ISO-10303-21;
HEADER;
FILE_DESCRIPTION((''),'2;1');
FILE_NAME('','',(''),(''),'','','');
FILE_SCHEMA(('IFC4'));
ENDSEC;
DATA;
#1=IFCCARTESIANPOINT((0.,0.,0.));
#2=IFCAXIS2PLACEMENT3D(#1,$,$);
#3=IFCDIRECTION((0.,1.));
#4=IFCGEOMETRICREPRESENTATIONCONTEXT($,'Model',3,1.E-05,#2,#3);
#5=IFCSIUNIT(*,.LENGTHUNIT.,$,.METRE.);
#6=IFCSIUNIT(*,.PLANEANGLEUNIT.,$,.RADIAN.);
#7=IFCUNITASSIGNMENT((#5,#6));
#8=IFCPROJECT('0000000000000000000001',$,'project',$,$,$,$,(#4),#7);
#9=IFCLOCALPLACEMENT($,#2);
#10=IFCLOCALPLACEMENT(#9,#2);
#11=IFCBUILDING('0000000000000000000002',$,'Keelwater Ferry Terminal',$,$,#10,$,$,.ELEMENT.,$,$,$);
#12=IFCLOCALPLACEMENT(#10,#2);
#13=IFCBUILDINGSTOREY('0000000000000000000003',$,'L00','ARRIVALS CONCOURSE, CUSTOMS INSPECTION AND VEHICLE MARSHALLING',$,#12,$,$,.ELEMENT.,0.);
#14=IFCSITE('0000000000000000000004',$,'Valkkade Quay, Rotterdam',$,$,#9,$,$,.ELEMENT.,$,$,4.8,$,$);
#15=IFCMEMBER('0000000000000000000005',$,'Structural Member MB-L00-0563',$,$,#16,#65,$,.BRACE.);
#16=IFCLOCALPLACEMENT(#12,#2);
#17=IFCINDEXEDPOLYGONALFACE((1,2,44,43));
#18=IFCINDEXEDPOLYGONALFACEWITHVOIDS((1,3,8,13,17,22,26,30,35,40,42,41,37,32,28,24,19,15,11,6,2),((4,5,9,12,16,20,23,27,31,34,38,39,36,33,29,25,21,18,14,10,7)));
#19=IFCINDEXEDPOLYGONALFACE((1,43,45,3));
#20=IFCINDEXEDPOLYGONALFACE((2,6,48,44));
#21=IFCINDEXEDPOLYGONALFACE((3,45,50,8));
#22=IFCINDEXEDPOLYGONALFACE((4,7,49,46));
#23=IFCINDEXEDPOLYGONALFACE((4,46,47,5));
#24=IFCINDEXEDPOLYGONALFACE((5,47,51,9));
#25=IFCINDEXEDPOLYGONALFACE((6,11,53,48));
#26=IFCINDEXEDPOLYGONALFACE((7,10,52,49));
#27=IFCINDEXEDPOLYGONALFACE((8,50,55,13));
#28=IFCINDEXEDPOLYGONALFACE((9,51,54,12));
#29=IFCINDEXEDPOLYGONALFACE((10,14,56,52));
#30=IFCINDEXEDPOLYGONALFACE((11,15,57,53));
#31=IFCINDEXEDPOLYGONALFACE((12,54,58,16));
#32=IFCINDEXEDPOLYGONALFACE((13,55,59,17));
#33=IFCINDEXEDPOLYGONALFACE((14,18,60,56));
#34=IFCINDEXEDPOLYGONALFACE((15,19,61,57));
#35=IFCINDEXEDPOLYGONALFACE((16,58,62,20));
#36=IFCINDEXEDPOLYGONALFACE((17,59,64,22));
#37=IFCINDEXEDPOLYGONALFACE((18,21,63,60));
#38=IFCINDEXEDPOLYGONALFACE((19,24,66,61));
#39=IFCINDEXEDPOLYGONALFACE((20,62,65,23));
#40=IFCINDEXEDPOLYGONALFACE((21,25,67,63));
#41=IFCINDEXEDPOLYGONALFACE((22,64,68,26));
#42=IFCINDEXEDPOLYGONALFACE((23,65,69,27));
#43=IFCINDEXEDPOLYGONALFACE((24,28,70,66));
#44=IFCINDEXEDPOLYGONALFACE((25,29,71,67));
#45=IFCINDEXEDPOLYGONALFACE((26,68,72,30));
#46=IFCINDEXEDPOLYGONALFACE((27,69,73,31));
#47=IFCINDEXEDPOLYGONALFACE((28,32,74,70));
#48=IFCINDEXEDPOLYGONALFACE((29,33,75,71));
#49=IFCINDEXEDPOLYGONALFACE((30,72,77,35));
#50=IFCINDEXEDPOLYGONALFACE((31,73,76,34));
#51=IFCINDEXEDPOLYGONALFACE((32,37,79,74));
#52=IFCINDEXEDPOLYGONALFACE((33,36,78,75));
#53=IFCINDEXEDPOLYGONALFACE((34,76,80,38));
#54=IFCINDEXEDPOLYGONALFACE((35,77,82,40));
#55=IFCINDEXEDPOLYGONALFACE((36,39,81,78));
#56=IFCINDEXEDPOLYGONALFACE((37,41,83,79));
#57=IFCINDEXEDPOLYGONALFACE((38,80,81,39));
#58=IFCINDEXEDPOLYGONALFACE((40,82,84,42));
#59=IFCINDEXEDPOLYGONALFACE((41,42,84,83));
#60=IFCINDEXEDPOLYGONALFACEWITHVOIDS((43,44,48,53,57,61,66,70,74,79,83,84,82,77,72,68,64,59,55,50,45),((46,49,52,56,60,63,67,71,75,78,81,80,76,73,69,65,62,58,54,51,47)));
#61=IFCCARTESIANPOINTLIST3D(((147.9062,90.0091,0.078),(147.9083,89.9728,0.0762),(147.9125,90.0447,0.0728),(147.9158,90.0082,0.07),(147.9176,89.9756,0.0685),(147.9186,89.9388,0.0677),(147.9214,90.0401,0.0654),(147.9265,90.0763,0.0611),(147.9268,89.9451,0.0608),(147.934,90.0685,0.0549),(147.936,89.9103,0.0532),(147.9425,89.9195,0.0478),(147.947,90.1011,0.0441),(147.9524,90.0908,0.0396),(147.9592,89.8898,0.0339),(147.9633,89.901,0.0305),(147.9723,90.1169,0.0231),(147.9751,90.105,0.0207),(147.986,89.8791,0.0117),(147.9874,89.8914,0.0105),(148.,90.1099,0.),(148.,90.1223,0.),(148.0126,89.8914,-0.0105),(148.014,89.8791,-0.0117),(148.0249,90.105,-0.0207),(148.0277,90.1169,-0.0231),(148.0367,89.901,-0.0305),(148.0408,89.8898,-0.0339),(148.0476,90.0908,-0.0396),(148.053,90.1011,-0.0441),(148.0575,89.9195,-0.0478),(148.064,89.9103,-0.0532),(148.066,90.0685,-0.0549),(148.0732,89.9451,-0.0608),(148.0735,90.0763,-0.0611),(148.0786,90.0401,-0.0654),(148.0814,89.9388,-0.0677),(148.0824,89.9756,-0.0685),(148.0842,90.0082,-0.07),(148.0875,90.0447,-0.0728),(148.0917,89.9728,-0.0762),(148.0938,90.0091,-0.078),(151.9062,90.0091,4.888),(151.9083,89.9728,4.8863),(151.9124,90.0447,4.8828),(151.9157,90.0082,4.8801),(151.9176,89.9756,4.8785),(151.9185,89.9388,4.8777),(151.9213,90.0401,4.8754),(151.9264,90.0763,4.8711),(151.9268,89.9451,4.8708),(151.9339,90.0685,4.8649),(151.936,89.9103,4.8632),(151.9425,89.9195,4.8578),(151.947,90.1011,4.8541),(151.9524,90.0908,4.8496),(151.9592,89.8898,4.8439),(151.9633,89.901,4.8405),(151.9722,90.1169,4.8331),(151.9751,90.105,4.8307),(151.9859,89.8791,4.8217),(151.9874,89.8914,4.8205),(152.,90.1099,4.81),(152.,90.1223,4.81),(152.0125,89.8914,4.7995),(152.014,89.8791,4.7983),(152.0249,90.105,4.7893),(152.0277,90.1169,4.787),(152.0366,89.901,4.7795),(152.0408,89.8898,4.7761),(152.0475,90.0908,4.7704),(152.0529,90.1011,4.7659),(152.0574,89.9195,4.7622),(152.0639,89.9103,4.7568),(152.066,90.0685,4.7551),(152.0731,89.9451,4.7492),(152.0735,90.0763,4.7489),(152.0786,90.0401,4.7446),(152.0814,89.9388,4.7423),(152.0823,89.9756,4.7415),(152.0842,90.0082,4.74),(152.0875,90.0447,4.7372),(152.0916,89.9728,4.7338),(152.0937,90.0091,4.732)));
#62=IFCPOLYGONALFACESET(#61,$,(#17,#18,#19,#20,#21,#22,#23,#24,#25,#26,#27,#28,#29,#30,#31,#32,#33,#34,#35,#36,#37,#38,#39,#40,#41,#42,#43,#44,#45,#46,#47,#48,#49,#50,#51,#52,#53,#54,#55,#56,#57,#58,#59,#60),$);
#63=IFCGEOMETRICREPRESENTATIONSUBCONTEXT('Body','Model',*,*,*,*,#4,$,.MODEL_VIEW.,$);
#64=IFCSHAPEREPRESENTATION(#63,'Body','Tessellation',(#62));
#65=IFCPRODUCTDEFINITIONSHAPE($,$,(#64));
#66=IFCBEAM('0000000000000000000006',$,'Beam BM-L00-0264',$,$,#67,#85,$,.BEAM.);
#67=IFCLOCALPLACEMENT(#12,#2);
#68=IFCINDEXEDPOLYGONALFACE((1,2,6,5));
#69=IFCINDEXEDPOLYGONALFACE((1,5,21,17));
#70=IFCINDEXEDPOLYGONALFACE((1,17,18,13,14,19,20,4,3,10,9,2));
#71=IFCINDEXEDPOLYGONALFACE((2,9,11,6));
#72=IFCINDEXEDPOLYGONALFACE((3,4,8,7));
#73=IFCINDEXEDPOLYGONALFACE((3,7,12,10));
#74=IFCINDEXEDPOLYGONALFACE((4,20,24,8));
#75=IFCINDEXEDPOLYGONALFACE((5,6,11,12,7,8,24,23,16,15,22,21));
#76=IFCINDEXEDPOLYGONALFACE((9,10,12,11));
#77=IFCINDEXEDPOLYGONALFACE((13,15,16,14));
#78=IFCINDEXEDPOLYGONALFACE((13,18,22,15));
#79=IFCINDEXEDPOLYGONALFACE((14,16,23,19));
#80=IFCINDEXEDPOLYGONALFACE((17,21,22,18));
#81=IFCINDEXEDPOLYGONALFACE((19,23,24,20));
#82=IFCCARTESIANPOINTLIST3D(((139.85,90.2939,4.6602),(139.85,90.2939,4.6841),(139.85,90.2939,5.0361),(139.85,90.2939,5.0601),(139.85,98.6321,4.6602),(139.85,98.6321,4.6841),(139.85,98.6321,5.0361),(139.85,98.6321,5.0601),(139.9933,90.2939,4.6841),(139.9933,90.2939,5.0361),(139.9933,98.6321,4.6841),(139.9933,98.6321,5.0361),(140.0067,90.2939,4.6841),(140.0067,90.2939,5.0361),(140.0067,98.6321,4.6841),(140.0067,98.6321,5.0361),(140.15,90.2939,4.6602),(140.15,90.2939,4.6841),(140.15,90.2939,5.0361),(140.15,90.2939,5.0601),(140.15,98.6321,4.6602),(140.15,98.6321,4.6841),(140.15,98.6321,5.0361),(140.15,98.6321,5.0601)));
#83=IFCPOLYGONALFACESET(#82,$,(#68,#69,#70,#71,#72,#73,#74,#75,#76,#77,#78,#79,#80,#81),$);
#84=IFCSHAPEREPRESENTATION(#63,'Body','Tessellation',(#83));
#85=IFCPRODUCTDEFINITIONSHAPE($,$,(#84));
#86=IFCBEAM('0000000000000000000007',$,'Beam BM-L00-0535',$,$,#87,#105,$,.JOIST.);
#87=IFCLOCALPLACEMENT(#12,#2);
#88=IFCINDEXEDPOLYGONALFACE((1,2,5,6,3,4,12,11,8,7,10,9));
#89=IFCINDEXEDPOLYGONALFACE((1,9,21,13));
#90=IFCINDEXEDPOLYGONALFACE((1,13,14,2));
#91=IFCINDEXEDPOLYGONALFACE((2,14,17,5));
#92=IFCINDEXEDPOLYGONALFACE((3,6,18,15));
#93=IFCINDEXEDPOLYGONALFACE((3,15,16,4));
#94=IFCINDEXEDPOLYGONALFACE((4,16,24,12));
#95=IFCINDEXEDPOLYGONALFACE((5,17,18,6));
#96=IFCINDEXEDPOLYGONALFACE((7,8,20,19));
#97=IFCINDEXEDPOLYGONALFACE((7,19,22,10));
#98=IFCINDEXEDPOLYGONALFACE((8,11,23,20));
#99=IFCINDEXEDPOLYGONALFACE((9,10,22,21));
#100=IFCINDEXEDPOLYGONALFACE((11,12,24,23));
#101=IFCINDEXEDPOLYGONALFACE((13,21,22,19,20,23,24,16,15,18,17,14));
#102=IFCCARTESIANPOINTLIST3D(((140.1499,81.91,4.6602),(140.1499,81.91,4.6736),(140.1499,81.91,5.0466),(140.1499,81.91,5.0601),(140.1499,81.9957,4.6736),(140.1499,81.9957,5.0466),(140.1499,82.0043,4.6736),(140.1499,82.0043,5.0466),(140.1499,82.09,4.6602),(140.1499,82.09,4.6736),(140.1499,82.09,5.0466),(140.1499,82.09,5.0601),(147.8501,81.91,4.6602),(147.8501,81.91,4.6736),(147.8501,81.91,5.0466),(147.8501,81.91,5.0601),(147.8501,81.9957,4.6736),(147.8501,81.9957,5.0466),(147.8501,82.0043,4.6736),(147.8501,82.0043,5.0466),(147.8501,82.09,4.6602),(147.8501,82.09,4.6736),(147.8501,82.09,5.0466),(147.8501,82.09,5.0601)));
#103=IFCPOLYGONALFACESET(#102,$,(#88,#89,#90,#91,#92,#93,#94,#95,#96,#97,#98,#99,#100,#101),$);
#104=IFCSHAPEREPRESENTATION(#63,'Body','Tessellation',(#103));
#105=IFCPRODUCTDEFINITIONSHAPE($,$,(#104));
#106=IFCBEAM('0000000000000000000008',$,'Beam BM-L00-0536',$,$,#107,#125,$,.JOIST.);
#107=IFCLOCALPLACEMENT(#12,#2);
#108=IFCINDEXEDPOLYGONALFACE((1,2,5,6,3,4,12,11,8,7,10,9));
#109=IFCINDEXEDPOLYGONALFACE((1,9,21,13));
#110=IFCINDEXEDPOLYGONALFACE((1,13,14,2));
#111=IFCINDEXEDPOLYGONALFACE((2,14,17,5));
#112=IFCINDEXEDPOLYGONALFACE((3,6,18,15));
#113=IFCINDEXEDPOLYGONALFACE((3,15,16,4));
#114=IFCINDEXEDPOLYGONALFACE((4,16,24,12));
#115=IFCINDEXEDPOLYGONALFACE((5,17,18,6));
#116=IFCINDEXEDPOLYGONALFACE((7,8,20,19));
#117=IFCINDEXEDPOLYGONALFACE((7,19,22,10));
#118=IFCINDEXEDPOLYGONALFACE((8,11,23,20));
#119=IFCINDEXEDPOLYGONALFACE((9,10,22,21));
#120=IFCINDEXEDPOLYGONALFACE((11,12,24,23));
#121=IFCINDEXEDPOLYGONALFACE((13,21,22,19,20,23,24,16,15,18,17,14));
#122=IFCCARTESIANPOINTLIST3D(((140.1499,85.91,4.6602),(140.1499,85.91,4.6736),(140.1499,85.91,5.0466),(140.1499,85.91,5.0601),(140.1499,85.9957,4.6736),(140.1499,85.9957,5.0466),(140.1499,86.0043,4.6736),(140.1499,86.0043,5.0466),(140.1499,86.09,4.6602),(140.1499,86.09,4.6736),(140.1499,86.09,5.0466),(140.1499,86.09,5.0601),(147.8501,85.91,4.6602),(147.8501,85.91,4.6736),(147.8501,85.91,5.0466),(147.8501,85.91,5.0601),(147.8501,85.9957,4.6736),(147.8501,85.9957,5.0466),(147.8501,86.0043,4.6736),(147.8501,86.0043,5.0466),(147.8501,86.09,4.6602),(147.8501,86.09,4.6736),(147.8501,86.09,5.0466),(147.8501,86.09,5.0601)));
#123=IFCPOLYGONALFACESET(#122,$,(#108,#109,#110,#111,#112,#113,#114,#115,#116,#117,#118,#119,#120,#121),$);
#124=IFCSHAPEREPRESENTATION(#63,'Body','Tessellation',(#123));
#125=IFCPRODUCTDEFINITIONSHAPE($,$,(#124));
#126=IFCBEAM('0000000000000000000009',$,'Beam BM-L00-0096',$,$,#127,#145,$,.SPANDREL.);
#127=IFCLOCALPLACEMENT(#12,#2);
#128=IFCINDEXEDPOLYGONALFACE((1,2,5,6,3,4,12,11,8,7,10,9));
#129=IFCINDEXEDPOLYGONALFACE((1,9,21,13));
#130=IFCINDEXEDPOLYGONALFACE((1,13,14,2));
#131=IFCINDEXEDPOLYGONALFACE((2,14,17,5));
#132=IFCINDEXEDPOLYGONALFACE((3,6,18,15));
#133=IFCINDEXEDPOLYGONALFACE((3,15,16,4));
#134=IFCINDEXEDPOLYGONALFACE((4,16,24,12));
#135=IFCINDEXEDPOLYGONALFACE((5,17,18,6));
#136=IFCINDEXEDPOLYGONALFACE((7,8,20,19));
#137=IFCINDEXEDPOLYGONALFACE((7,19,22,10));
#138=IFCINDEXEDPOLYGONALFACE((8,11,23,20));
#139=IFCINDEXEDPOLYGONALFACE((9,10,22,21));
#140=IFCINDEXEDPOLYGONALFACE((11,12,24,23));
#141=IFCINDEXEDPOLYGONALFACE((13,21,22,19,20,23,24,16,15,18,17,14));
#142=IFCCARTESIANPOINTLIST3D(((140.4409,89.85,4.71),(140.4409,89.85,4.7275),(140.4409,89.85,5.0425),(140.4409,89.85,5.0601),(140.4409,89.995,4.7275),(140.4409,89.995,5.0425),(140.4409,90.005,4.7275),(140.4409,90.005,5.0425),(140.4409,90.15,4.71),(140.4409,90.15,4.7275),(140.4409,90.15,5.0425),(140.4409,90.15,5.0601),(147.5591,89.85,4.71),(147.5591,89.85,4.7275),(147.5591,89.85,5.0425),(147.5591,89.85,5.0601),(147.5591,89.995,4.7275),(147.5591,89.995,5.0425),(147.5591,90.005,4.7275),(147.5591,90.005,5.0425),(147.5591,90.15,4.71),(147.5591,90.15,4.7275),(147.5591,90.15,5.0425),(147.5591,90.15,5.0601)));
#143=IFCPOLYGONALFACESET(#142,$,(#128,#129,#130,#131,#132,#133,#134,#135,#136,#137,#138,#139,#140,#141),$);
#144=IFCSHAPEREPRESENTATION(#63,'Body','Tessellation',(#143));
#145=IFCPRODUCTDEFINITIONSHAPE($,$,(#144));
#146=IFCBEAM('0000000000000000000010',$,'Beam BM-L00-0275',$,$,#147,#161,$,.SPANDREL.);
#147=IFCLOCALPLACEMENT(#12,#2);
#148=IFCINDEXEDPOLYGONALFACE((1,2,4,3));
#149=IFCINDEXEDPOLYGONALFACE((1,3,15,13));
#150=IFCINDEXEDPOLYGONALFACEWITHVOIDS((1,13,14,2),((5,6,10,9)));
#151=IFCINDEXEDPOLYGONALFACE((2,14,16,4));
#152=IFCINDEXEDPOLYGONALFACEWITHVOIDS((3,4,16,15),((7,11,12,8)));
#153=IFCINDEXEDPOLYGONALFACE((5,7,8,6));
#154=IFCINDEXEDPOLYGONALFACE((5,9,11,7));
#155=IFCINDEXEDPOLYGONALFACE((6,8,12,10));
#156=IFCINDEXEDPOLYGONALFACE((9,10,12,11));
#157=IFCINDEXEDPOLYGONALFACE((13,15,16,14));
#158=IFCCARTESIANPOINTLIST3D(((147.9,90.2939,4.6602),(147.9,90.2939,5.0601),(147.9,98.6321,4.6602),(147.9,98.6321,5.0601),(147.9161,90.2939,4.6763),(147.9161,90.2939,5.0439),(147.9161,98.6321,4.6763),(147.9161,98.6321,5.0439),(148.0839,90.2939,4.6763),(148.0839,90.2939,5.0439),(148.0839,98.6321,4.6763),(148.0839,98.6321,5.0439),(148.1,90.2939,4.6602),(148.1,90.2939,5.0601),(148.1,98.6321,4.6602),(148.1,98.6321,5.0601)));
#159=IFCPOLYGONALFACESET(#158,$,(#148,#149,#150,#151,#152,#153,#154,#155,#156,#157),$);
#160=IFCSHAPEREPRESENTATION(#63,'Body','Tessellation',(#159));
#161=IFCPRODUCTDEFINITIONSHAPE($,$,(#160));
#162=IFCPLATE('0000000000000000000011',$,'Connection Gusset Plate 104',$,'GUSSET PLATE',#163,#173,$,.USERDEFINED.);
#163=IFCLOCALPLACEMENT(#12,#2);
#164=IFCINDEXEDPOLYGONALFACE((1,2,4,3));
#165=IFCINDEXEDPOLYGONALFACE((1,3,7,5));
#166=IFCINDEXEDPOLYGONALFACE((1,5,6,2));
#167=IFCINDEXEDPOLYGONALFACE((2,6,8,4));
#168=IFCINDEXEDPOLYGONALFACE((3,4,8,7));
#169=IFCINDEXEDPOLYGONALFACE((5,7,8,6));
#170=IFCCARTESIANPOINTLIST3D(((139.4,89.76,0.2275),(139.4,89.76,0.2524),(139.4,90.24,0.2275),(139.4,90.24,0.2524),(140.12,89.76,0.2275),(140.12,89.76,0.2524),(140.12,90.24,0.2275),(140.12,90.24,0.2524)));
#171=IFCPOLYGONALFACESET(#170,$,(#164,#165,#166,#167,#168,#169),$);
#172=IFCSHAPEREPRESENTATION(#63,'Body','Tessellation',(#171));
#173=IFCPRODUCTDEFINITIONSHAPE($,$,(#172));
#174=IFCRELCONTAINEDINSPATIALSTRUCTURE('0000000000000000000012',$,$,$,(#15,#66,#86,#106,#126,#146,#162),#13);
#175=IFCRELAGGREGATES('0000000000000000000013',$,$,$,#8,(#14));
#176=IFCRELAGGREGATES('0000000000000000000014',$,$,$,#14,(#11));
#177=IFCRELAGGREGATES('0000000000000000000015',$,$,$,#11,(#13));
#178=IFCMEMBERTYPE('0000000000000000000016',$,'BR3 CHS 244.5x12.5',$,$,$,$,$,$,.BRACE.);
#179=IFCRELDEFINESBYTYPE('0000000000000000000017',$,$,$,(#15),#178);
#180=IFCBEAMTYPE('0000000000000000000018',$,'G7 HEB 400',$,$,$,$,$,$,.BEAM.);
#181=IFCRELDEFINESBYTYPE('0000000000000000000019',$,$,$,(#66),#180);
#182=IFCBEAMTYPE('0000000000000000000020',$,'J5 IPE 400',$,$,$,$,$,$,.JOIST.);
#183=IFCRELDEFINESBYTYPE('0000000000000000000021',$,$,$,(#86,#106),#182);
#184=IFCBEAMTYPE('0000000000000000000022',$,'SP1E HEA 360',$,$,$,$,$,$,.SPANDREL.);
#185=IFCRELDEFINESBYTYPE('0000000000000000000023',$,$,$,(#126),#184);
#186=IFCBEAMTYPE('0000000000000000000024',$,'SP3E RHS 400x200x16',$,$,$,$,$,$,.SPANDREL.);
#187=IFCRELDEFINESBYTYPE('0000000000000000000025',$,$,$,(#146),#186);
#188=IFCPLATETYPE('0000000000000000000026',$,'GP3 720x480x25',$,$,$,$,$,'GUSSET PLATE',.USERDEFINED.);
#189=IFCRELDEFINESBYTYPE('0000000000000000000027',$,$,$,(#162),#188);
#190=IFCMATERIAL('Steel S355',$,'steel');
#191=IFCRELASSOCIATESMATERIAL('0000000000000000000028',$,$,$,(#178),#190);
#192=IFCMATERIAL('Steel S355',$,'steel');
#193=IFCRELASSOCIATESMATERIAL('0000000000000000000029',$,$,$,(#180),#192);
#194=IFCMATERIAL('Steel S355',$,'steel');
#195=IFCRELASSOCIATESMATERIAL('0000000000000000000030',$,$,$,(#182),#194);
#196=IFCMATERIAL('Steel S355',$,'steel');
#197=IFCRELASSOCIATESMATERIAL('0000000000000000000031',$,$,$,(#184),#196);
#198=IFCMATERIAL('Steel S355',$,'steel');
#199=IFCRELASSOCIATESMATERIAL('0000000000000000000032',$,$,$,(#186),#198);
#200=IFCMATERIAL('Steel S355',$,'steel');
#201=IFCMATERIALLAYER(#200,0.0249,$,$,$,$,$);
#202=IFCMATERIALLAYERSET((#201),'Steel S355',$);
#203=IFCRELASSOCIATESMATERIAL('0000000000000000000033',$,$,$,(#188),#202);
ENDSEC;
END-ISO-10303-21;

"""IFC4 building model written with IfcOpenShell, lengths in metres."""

from ifc_helpers import new_model, si_unit, direction, frame, origin, origin_2d, place, context, subcontext, project, spatial, rectangle, hollow_rectangle, hollow_circle, i_section, extrude, material, layer, layer_set, material_profile, profile_set, type_object, element, save


model = new_model("IFC4")

# Units and contexts
model_context = context("Model", 3, precision=1e-05, world=origin(), true_north=direction((0.0, 1.0)))
body_context = subcontext(model_context, "Body", "Model", "MODEL_VIEW")
ifc_project = project(units=[si_unit("LENGTHUNIT", "METRE"), si_unit("PLANEANGLEUNIT", "RADIAN")], contexts=[model_context])

# Site, building, storey
site_placement = place(None, origin())
site = spatial("IfcSite", under=ifc_project, at=site_placement, Name="Valkkade Quay, Rotterdam", CompositionType="ELEMENT", RefElevation=4.8)
building_placement = place(site_placement, origin())
building = spatial("IfcBuilding", under=site, at=building_placement, Name="Keelwater Ferry Terminal", CompositionType="ELEMENT")
storey_placement = place(building_placement, origin())
storey = spatial("IfcBuildingStorey", under=building, at=storey_placement, Name="L00", Description="ARRIVALS CONCOURSE, CUSTOMS INSPECTION AND VEHICLE MARSHALLING", CompositionType="ELEMENT", Elevation=0.0)

# Member
ifc_material_1 = material(Name="Steel S355", Category="steel")
ifc_material_profile_1 = material_profile(ifc_material_1, hollow_circle(Radius=0.1223, WallThickness=0.0125, at=origin_2d()), Name="CHS 244.5x12.5")
ifc_profile_set_1 = profile_set([ifc_material_profile_1], Name="Steel S355")
member_type_1 = type_object("IfcMemberType", Name="BR3 CHS 244.5x12.5", PredefinedType="BRACE", material=ifc_profile_set_1)
member_1_placement = place(storey_placement, frame((148.0, 90.0, 0.0), z_axis=(0.639393, 0.0, 0.76888), x_axis=(0.0, 1.0, 0.0)))
element("IfcMember", 1, at=member_1_placement, inside=storey, type_object=member_type_1, Name="Structural Member MB-L00-0563", PredefinedType="BRACE", context=body_context, shape_type="SweptSolid", body=[
    extrude(hollow_circle(Radius=0.1223, WallThickness=0.0125, at=origin_2d()), origin(), (0.0, 0.0, 1.0), 6.2559),
])

# Beams
ifc_material_2 = material(Name="Steel S355", Category="steel")
ifc_material_profile_2 = material_profile(ifc_material_2, i_section(OverallWidth=0.3, OverallDepth=0.3999, WebThickness=0.0134, FlangeThickness=0.0239, at=origin_2d()), Name="HEB 400")
ifc_profile_set_2 = profile_set([ifc_material_profile_2], Name="Steel S355")
beam_type_1 = type_object("IfcBeamType", Name="G7 HEB 400", PredefinedType="BEAM", material=ifc_profile_set_2)
beam_1_placement = place(storey_placement, frame((140.0, 90.2939, 4.8601), z_axis=(0.0, 1.0, 0.0), x_axis=(-1.0, 0.0, 0.0)))
element("IfcBeam", 2, at=beam_1_placement, inside=storey, type_object=beam_type_1, Name="Beam BM-L00-0264", PredefinedType="BEAM", context=body_context, shape_type="SweptSolid", body=[
    extrude(i_section(OverallWidth=0.3, OverallDepth=0.3999, WebThickness=0.0134, FlangeThickness=0.0239, at=origin_2d()), origin(), (0.0, 0.0, 1.0), 8.3381),
])
ifc_material_3 = material(Name="Steel S355", Category="steel")
ifc_material_profile_3 = material_profile(ifc_material_3, i_section(OverallWidth=0.1799, OverallDepth=0.3999, WebThickness=0.0085, FlangeThickness=0.0134, at=origin_2d()), Name="IPE 400")
ifc_profile_set_3 = profile_set([ifc_material_profile_3], Name="Steel S355")
beam_type_2 = type_object("IfcBeamType", Name="J5 IPE 400", PredefinedType="JOIST", material=ifc_profile_set_3)
for number, where, z_axis, x_axis, name in (
    (3, (140.1499, 82.0, 4.8601), (1.0, 0.0, 0.0), (0.0, 1.0, 0.0), "Beam BM-L00-0535"),
    (4, (140.1499, 86.0, 4.8601), (1.0, 0.0, 0.0), (0.0, 1.0, 0.0), "Beam BM-L00-0536"),
):
    element("IfcBeam", number, at=place(storey_placement, frame(where, z_axis=z_axis, x_axis=x_axis)), inside=storey, type_object=beam_type_2, Name=name, PredefinedType="JOIST", context=body_context, shape_type="SweptSolid", body=[
        extrude(i_section(OverallWidth=0.1799, OverallDepth=0.3999, WebThickness=0.0085, FlangeThickness=0.0134, at=origin_2d()), origin(), (0.0, 0.0, 1.0), 7.7002),
    ])
ifc_material_4 = material(Name="Steel S355", Category="steel")
ifc_material_profile_4 = material_profile(ifc_material_4, i_section(OverallWidth=0.3, OverallDepth=0.3501, WebThickness=0.01, FlangeThickness=0.0176, at=origin_2d()), Name="HEA 360")
ifc_profile_set_4 = profile_set([ifc_material_profile_4], Name="Steel S355")
beam_type_3 = type_object("IfcBeamType", Name="SP1E HEA 360", PredefinedType="SPANDREL", material=ifc_profile_set_4)
beam_2_placement = place(storey_placement, frame((140.4409, 90.0, 4.885), z_axis=(1.0, 0.0, 0.0), x_axis=(0.0, 1.0, 0.0)))
element("IfcBeam", 5, at=beam_2_placement, inside=storey, type_object=beam_type_3, Name="Beam BM-L00-0096", PredefinedType="SPANDREL", context=body_context, shape_type="SweptSolid", body=[
    extrude(i_section(OverallWidth=0.3, OverallDepth=0.3501, WebThickness=0.01, FlangeThickness=0.0176, at=origin_2d()), origin(), (0.0, 0.0, 1.0), 7.1182),
])
ifc_material_5 = material(Name="Steel S355", Category="steel")
ifc_material_profile_5 = material_profile(ifc_material_5, hollow_rectangle(XDim=0.2, YDim=0.3999, WallThickness=0.0161, at=origin_2d()), Name="RHS 400x200x16")
ifc_profile_set_5 = profile_set([ifc_material_profile_5], Name="Steel S355")
beam_type_4 = type_object("IfcBeamType", Name="SP3E RHS 400x200x16", PredefinedType="SPANDREL", material=ifc_profile_set_5)
beam_3_placement = place(storey_placement, frame((148.0, 90.2939, 4.8601), z_axis=(0.0, 1.0, 0.0), x_axis=(-1.0, 0.0, 0.0)))
element("IfcBeam", 6, at=beam_3_placement, inside=storey, type_object=beam_type_4, Name="Beam BM-L00-0275", PredefinedType="SPANDREL", context=body_context, shape_type="SweptSolid", body=[
    extrude(hollow_rectangle(XDim=0.2, YDim=0.3999, WallThickness=0.0161, at=origin_2d()), origin(), (0.0, 0.0, 1.0), 8.3381),
])

# Plate
ifc_material_6 = material(Name="Steel S355", Category="steel")
ifc_layer = layer(ifc_material_6, 0.0249)
ifc_layer_set = layer_set([ifc_layer], Name="Steel S355")
plate_type = type_object("IfcPlateType", Name="GP3 720x480x25", ElementType="GUSSET PLATE", PredefinedType="USERDEFINED", material=ifc_layer_set)
plate_placement = place(storey_placement, frame((139.76, 90.0, 0.2275), z_axis=(0.0, 0.0, 1.0), x_axis=(1.0, 0.0, 0.0)))
element("IfcPlate", 7, at=plate_placement, inside=storey, type_object=plate_type, Name="Connection Gusset Plate 104", ObjectType="GUSSET PLATE", PredefinedType="USERDEFINED", context=body_context, shape_type="SweptSolid", body=[
    extrude(rectangle(XDim=0.72, YDim=0.48, at=origin_2d()), origin(), (0.0, 0.0, 1.0), 0.0249),
])

save(model, "model.ifc")
